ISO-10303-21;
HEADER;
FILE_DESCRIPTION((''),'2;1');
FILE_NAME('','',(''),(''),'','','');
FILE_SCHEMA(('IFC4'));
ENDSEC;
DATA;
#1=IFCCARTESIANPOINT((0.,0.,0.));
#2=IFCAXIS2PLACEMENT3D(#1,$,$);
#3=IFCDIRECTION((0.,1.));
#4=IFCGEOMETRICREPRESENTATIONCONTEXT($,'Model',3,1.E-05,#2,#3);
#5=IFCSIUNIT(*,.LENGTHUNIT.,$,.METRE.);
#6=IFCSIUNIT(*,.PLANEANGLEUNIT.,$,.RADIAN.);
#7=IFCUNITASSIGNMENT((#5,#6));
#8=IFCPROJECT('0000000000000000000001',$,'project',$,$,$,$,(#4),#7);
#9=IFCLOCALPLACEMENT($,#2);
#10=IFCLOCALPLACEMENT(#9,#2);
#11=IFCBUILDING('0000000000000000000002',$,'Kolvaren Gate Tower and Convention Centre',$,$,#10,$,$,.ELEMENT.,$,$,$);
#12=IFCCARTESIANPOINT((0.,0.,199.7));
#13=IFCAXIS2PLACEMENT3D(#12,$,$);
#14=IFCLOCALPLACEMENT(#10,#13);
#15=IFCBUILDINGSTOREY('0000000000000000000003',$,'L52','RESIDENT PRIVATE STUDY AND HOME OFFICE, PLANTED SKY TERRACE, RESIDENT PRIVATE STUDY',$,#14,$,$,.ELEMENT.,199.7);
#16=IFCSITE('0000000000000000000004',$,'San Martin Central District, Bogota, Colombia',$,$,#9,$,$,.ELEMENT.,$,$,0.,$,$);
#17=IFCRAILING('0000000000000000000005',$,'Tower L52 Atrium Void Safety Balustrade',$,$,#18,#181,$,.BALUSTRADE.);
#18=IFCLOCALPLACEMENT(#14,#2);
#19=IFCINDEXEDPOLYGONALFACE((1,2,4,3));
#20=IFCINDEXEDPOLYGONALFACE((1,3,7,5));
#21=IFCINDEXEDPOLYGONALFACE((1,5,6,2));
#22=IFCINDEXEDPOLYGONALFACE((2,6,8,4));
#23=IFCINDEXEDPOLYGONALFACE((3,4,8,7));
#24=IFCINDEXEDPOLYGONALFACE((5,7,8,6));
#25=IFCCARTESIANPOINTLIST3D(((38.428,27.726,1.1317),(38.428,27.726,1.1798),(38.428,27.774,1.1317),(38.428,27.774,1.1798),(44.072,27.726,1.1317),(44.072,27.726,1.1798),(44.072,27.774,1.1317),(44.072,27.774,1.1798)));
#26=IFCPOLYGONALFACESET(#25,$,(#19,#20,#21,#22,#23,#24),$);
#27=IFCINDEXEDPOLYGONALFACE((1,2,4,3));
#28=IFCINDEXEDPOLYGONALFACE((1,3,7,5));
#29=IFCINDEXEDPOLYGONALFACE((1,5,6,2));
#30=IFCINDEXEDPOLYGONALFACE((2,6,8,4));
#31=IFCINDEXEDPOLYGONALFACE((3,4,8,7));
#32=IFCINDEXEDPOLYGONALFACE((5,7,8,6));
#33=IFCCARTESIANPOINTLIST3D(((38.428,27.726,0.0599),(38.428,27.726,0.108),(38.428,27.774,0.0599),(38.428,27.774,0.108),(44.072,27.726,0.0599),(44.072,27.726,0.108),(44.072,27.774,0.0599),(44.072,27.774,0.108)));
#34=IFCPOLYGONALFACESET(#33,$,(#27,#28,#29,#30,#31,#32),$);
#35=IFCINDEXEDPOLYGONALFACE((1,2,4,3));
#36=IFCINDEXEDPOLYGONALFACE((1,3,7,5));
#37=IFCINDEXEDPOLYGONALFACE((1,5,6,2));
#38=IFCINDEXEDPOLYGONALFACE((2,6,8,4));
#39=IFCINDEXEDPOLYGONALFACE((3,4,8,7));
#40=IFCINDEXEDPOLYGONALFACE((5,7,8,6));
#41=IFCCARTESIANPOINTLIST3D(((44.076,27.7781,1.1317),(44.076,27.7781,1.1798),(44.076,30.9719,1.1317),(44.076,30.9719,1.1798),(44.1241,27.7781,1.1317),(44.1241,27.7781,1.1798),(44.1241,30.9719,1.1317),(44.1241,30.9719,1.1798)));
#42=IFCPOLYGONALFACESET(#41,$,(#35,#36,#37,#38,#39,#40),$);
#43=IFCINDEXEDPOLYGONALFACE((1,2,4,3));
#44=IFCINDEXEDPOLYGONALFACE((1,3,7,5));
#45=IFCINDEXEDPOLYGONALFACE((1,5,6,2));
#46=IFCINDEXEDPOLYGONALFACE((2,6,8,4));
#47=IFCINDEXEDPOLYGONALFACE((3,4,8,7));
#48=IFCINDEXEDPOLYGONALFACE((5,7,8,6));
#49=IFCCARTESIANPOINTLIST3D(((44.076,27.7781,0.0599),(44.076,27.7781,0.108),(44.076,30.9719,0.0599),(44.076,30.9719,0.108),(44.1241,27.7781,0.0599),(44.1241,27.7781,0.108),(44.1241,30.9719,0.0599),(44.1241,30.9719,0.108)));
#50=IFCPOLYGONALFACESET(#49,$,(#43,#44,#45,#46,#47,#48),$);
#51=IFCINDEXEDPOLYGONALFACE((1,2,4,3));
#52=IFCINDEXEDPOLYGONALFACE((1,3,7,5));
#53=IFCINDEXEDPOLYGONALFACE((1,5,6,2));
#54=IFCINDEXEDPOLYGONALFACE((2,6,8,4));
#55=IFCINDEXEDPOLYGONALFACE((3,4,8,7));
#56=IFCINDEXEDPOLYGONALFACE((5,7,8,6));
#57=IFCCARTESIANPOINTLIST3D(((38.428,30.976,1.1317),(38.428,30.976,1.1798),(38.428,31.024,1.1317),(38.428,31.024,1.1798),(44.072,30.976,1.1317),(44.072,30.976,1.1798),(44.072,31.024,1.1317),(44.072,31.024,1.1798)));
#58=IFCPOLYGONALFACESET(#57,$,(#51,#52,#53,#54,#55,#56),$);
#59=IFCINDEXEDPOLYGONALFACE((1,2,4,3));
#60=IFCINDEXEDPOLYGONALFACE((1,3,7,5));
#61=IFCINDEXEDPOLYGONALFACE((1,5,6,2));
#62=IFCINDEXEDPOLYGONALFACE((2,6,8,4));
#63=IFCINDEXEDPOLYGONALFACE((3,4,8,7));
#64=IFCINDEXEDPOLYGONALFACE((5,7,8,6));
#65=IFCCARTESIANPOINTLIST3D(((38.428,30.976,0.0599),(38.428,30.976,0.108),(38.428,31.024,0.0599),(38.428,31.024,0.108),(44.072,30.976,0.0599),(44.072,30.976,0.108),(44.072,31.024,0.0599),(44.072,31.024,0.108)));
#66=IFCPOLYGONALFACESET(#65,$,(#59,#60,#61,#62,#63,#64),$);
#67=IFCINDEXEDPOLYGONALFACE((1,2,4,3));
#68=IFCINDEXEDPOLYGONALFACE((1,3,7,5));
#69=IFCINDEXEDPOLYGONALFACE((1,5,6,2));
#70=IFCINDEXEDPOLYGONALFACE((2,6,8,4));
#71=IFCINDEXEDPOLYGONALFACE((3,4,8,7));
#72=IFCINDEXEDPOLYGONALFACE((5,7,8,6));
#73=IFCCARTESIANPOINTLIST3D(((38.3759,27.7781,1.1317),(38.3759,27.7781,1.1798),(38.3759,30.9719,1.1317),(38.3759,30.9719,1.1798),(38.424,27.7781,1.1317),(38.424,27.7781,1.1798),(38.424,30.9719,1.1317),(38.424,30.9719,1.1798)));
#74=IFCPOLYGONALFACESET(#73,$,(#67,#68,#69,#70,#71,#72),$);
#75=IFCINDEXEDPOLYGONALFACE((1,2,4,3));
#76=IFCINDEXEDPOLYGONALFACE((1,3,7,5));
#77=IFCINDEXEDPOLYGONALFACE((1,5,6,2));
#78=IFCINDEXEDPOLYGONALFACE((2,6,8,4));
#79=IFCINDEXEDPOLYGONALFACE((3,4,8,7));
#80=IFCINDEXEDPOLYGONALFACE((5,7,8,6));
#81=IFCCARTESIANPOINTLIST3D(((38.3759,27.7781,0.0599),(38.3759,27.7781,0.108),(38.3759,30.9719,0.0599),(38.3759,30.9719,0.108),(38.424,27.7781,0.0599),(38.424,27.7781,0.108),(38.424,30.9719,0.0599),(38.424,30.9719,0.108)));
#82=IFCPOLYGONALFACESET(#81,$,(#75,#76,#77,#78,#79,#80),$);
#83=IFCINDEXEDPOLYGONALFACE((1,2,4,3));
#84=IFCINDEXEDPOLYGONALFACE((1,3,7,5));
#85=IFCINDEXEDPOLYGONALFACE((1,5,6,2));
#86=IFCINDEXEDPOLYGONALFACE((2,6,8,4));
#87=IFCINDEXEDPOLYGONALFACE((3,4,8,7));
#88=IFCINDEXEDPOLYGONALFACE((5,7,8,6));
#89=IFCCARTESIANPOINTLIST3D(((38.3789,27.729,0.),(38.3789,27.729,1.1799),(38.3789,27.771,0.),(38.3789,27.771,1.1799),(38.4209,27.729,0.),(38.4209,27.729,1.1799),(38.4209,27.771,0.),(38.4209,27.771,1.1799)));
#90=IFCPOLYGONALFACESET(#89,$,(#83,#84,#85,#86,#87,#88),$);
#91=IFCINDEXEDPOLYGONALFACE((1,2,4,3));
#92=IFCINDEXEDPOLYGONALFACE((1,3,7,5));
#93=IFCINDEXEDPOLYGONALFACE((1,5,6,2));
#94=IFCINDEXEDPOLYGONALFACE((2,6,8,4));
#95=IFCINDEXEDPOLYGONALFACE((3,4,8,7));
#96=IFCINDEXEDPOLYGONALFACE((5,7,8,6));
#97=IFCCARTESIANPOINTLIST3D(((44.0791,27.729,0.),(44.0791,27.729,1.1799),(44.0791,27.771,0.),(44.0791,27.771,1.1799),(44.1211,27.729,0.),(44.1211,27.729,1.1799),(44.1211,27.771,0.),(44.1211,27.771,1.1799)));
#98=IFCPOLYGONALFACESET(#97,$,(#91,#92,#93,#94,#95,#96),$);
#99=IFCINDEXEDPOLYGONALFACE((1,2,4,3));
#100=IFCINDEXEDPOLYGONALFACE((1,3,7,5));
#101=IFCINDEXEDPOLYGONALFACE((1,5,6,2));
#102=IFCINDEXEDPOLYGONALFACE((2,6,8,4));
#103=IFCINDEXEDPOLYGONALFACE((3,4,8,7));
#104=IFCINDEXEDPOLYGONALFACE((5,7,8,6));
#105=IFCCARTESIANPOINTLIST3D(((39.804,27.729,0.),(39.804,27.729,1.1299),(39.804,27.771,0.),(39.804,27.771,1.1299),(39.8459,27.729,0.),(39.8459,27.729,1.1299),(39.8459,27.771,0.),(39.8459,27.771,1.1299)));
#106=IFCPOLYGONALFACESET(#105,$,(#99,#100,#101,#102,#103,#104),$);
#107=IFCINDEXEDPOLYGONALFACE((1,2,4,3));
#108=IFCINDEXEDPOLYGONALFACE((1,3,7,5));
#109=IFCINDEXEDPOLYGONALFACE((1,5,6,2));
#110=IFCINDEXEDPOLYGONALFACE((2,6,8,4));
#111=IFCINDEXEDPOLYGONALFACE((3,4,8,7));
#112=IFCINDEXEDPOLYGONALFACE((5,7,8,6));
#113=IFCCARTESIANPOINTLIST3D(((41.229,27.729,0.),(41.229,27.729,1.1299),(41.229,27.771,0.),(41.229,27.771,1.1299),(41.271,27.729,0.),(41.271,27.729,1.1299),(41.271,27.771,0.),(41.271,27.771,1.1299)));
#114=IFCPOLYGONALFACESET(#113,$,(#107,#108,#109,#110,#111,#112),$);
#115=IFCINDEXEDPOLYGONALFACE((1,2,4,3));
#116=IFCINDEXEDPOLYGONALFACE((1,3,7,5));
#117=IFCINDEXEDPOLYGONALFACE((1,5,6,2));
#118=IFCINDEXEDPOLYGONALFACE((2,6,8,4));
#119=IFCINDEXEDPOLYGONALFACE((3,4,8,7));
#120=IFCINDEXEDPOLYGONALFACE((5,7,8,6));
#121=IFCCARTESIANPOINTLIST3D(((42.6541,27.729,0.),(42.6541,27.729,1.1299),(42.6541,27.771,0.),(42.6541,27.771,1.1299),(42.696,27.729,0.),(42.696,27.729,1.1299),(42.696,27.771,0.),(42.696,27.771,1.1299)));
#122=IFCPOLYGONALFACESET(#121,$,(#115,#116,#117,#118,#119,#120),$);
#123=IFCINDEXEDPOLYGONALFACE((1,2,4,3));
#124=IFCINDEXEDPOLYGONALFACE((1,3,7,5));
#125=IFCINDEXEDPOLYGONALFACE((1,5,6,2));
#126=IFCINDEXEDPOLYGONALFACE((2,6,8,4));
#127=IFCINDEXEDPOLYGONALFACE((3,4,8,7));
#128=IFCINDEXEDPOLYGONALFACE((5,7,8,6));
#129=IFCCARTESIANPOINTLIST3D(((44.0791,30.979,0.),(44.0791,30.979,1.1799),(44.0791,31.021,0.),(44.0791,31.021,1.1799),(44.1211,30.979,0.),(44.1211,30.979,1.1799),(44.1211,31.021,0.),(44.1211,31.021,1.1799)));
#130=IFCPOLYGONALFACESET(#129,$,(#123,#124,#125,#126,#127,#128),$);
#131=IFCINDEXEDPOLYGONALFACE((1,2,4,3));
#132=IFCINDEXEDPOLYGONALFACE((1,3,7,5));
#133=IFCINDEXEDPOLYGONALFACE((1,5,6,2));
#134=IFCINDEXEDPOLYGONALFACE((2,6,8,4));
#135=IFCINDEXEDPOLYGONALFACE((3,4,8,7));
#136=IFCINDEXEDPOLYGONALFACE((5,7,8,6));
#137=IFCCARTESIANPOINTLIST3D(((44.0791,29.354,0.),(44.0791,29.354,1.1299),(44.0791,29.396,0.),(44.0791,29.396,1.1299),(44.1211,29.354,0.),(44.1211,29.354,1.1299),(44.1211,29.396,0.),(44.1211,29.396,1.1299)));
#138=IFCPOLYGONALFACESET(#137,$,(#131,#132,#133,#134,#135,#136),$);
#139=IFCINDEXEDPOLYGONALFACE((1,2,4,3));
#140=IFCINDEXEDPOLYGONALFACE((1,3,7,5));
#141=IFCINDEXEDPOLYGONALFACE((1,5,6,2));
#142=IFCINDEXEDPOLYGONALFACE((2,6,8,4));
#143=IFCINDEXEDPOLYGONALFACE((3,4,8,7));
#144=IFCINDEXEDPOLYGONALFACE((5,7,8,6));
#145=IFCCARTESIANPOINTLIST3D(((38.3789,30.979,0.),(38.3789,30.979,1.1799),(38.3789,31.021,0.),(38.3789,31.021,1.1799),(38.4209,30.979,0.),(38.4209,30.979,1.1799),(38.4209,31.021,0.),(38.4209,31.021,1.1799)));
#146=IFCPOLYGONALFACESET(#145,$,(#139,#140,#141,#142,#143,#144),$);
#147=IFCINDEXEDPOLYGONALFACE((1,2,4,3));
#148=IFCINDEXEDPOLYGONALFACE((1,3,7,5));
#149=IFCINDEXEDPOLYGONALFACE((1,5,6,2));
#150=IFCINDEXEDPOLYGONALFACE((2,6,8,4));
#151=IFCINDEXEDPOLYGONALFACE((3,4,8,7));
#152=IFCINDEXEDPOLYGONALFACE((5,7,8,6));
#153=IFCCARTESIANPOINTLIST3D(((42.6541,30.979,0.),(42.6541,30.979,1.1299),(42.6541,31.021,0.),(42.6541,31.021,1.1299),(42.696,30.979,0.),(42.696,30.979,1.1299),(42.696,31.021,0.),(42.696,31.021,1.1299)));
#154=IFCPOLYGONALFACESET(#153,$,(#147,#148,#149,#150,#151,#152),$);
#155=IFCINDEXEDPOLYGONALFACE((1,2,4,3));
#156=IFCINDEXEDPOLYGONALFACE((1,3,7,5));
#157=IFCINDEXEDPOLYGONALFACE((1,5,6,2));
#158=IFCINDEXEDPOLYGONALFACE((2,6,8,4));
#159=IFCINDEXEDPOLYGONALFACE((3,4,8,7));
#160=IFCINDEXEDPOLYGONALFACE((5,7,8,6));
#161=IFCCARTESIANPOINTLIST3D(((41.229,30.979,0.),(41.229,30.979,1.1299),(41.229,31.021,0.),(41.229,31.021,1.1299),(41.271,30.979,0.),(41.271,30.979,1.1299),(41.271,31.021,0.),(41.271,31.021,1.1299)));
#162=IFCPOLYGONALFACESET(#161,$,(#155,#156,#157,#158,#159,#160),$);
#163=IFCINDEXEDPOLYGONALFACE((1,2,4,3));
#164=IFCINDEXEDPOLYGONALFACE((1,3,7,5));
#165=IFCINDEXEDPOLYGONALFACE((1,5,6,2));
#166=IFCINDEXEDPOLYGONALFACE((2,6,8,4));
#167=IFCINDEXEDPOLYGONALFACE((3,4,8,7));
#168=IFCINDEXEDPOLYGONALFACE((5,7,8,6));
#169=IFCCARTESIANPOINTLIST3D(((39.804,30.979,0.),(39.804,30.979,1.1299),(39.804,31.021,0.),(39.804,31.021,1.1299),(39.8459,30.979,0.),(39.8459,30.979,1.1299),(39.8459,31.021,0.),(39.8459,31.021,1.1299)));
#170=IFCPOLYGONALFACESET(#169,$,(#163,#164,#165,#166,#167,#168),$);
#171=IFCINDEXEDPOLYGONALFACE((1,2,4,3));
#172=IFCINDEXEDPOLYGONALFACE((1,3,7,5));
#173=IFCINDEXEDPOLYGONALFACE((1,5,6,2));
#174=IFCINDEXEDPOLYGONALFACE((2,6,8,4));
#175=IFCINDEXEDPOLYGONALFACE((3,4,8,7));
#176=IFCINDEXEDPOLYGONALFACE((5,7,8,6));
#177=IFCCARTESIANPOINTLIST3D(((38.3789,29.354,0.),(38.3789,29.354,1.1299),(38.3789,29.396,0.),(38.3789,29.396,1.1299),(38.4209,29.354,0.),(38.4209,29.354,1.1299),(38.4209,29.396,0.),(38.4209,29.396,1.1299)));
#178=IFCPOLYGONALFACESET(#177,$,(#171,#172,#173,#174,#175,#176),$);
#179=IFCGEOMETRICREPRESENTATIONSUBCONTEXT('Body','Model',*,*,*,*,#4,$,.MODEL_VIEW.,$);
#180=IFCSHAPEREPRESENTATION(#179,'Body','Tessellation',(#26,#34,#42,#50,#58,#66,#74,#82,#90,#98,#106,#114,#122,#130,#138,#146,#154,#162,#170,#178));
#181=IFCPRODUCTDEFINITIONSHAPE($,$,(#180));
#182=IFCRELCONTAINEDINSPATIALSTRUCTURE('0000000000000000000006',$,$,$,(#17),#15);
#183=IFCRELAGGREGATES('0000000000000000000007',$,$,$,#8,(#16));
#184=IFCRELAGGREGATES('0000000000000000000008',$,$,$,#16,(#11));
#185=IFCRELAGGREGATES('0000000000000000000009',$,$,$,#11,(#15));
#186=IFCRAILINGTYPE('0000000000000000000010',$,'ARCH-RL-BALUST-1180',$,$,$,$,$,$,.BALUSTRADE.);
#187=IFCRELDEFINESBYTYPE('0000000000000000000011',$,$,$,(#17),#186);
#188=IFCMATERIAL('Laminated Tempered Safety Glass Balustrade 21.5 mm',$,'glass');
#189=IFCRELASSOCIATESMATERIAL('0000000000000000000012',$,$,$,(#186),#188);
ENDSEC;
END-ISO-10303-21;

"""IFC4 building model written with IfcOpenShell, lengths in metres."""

from ifc_helpers import new_model, si_unit, direction, frame, origin, origin_2d, place, context, subcontext, project, spatial, rectangle, extrude, material, type_object, element, save


model = new_model("IFC4")

# Units and contexts
model_context = context("Model", 3, precision=1e-05, world=origin(), true_north=direction((0.0, 1.0)))
body_context = subcontext(model_context, "Body", "Model", "MODEL_VIEW")
ifc_project = project(units=[si_unit("LENGTHUNIT", "METRE"), si_unit("PLANEANGLEUNIT", "RADIAN")], contexts=[model_context])

# Site, building, storey
site_placement = place(None, origin())
site = spatial("IfcSite", under=ifc_project, at=site_placement, Name="San Martin Central District, Bogota, Colombia", CompositionType="ELEMENT", RefElevation=0.0)
building_placement = place(site_placement, origin())
building = spatial("IfcBuilding", under=site, at=building_placement, Name="Kolvaren Gate Tower and Convention Centre", CompositionType="ELEMENT")
storey_placement = place(building_placement, frame((0.0, 0.0, 199.7)))
storey = spatial("IfcBuildingStorey", under=building, at=storey_placement, Name="L52", Description="RESIDENT PRIVATE STUDY AND HOME OFFICE, PLANTED SKY TERRACE, RESIDENT PRIVATE STUDY", CompositionType="ELEMENT", Elevation=199.7)

# Railing
ifc_material_1 = material(Name="Laminated Tempered Safety Glass Balustrade 21.5 mm", Category="glass")
railing_type = type_object("IfcRailingType", Name="ARCH-RL-BALUST-1180", PredefinedType="BALUSTRADE", material=ifc_material_1)
railing_placement = place(storey_placement, frame((38.3999, 27.75, 0.0)))
element("IfcRailing", 1, at=railing_placement, inside=storey, type_object=railing_type, Name="Tower L52 Atrium Void Safety Balustrade", PredefinedType="BALUSTRADE", context=body_context, shape_type="SweptSolid", body=[
    extrude(rectangle(XDim=0.0481, YDim=0.0481, at=origin_2d()), frame((0.0281, 0.0, 1.1558), z_axis=(1.0, 0.0, 0.0), x_axis=(0.0, 1.0, 0.0)), (0.0, 0.0, 1.0), 5.644),
    extrude(rectangle(XDim=0.0481, YDim=0.0481, at=origin_2d()), frame((0.0281, 0.0, 0.084), z_axis=(1.0, 0.0, 0.0), x_axis=(0.0, 1.0, 0.0)), (0.0, 0.0, 1.0), 5.644),
    extrude(rectangle(XDim=0.0481, YDim=0.0481, at=origin_2d()), frame((5.7002, 0.0281, 1.1558), z_axis=(0.0, 1.0, 0.0), x_axis=(-1.0, 0.0, 0.0)), (0.0, 0.0, 1.0), 3.1938),
    extrude(rectangle(XDim=0.0481, YDim=0.0481, at=origin_2d()), frame((5.7002, 0.0281, 0.084), z_axis=(0.0, 1.0, 0.0), x_axis=(-1.0, 0.0, 0.0)), (0.0, 0.0, 1.0), 3.1938),
    extrude(rectangle(XDim=0.0481, YDim=0.0481, at=origin_2d()), frame((5.6721, 3.25, 1.1558), z_axis=(-1.0, 0.0, 0.0), x_axis=(0.0, -1.0, 0.0)), (0.0, 0.0, 1.0), 5.644),
    extrude(rectangle(XDim=0.0481, YDim=0.0481, at=origin_2d()), frame((5.6721, 3.25, 0.084), z_axis=(-1.0, 0.0, 0.0), x_axis=(0.0, -1.0, 0.0)), (0.0, 0.0, 1.0), 5.644),
    extrude(rectangle(XDim=0.0481, YDim=0.0481, at=origin_2d()), frame((0.0, 3.2219, 1.1558), z_axis=(0.0, -1.0, 0.0), x_axis=(1.0, 0.0, 0.0)), (0.0, 0.0, 1.0), 3.1938),
    extrude(rectangle(XDim=0.0481, YDim=0.0481, at=origin_2d()), frame((0.0, 3.2219, 0.084), z_axis=(0.0, -1.0, 0.0), x_axis=(1.0, 0.0, 0.0)), (0.0, 0.0, 1.0), 3.1938),
    extrude(rectangle(XDim=0.042, YDim=0.042, at=origin_2d()), origin(), (0.0, 0.0, 1.0), 1.1799),
    extrude(rectangle(XDim=0.042, YDim=0.042, at=origin_2d()), frame((5.7002, 0.0, 0.0)), (0.0, 0.0, 1.0), 1.1799),
    extrude(rectangle(XDim=0.042, YDim=0.042, at=origin_2d()), frame((1.425, 0.0, 0.0)), (0.0, 0.0, 1.0), 1.1299),
    extrude(rectangle(XDim=0.042, YDim=0.042, at=origin_2d()), frame((2.8501, 0.0, 0.0)), (0.0, 0.0, 1.0), 1.1299),
    extrude(rectangle(XDim=0.042, YDim=0.042, at=origin_2d()), frame((4.2751, 0.0, 0.0)), (0.0, 0.0, 1.0), 1.1299),
    extrude(rectangle(XDim=0.042, YDim=0.042, at=origin_2d()), frame((5.7002, 3.25, 0.0)), (0.0, 0.0, 1.0), 1.1799),
    extrude(rectangle(XDim=0.042, YDim=0.042, at=origin_2d()), frame((5.7002, 1.625, 0.0)), (0.0, 0.0, 1.0), 1.1299),
    extrude(rectangle(XDim=0.042, YDim=0.042, at=origin_2d()), frame((0.0, 3.25, 0.0)), (0.0, 0.0, 1.0), 1.1799),
    extrude(rectangle(XDim=0.042, YDim=0.042, at=origin_2d()), frame((4.2751, 3.25, 0.0)), (0.0, 0.0, 1.0), 1.1299),
    extrude(rectangle(XDim=0.042, YDim=0.042, at=origin_2d()), frame((2.8501, 3.25, 0.0)), (0.0, 0.0, 1.0), 1.1299),
    extrude(rectangle(XDim=0.042, YDim=0.042, at=origin_2d()), frame((1.425, 3.25, 0.0)), (0.0, 0.0, 1.0), 1.1299),
    extrude(rectangle(XDim=0.042, YDim=0.042, at=origin_2d()), frame((0.0, 1.625, 0.0)), (0.0, 0.0, 1.0), 1.1299),
])

save(model, "model.ifc")
